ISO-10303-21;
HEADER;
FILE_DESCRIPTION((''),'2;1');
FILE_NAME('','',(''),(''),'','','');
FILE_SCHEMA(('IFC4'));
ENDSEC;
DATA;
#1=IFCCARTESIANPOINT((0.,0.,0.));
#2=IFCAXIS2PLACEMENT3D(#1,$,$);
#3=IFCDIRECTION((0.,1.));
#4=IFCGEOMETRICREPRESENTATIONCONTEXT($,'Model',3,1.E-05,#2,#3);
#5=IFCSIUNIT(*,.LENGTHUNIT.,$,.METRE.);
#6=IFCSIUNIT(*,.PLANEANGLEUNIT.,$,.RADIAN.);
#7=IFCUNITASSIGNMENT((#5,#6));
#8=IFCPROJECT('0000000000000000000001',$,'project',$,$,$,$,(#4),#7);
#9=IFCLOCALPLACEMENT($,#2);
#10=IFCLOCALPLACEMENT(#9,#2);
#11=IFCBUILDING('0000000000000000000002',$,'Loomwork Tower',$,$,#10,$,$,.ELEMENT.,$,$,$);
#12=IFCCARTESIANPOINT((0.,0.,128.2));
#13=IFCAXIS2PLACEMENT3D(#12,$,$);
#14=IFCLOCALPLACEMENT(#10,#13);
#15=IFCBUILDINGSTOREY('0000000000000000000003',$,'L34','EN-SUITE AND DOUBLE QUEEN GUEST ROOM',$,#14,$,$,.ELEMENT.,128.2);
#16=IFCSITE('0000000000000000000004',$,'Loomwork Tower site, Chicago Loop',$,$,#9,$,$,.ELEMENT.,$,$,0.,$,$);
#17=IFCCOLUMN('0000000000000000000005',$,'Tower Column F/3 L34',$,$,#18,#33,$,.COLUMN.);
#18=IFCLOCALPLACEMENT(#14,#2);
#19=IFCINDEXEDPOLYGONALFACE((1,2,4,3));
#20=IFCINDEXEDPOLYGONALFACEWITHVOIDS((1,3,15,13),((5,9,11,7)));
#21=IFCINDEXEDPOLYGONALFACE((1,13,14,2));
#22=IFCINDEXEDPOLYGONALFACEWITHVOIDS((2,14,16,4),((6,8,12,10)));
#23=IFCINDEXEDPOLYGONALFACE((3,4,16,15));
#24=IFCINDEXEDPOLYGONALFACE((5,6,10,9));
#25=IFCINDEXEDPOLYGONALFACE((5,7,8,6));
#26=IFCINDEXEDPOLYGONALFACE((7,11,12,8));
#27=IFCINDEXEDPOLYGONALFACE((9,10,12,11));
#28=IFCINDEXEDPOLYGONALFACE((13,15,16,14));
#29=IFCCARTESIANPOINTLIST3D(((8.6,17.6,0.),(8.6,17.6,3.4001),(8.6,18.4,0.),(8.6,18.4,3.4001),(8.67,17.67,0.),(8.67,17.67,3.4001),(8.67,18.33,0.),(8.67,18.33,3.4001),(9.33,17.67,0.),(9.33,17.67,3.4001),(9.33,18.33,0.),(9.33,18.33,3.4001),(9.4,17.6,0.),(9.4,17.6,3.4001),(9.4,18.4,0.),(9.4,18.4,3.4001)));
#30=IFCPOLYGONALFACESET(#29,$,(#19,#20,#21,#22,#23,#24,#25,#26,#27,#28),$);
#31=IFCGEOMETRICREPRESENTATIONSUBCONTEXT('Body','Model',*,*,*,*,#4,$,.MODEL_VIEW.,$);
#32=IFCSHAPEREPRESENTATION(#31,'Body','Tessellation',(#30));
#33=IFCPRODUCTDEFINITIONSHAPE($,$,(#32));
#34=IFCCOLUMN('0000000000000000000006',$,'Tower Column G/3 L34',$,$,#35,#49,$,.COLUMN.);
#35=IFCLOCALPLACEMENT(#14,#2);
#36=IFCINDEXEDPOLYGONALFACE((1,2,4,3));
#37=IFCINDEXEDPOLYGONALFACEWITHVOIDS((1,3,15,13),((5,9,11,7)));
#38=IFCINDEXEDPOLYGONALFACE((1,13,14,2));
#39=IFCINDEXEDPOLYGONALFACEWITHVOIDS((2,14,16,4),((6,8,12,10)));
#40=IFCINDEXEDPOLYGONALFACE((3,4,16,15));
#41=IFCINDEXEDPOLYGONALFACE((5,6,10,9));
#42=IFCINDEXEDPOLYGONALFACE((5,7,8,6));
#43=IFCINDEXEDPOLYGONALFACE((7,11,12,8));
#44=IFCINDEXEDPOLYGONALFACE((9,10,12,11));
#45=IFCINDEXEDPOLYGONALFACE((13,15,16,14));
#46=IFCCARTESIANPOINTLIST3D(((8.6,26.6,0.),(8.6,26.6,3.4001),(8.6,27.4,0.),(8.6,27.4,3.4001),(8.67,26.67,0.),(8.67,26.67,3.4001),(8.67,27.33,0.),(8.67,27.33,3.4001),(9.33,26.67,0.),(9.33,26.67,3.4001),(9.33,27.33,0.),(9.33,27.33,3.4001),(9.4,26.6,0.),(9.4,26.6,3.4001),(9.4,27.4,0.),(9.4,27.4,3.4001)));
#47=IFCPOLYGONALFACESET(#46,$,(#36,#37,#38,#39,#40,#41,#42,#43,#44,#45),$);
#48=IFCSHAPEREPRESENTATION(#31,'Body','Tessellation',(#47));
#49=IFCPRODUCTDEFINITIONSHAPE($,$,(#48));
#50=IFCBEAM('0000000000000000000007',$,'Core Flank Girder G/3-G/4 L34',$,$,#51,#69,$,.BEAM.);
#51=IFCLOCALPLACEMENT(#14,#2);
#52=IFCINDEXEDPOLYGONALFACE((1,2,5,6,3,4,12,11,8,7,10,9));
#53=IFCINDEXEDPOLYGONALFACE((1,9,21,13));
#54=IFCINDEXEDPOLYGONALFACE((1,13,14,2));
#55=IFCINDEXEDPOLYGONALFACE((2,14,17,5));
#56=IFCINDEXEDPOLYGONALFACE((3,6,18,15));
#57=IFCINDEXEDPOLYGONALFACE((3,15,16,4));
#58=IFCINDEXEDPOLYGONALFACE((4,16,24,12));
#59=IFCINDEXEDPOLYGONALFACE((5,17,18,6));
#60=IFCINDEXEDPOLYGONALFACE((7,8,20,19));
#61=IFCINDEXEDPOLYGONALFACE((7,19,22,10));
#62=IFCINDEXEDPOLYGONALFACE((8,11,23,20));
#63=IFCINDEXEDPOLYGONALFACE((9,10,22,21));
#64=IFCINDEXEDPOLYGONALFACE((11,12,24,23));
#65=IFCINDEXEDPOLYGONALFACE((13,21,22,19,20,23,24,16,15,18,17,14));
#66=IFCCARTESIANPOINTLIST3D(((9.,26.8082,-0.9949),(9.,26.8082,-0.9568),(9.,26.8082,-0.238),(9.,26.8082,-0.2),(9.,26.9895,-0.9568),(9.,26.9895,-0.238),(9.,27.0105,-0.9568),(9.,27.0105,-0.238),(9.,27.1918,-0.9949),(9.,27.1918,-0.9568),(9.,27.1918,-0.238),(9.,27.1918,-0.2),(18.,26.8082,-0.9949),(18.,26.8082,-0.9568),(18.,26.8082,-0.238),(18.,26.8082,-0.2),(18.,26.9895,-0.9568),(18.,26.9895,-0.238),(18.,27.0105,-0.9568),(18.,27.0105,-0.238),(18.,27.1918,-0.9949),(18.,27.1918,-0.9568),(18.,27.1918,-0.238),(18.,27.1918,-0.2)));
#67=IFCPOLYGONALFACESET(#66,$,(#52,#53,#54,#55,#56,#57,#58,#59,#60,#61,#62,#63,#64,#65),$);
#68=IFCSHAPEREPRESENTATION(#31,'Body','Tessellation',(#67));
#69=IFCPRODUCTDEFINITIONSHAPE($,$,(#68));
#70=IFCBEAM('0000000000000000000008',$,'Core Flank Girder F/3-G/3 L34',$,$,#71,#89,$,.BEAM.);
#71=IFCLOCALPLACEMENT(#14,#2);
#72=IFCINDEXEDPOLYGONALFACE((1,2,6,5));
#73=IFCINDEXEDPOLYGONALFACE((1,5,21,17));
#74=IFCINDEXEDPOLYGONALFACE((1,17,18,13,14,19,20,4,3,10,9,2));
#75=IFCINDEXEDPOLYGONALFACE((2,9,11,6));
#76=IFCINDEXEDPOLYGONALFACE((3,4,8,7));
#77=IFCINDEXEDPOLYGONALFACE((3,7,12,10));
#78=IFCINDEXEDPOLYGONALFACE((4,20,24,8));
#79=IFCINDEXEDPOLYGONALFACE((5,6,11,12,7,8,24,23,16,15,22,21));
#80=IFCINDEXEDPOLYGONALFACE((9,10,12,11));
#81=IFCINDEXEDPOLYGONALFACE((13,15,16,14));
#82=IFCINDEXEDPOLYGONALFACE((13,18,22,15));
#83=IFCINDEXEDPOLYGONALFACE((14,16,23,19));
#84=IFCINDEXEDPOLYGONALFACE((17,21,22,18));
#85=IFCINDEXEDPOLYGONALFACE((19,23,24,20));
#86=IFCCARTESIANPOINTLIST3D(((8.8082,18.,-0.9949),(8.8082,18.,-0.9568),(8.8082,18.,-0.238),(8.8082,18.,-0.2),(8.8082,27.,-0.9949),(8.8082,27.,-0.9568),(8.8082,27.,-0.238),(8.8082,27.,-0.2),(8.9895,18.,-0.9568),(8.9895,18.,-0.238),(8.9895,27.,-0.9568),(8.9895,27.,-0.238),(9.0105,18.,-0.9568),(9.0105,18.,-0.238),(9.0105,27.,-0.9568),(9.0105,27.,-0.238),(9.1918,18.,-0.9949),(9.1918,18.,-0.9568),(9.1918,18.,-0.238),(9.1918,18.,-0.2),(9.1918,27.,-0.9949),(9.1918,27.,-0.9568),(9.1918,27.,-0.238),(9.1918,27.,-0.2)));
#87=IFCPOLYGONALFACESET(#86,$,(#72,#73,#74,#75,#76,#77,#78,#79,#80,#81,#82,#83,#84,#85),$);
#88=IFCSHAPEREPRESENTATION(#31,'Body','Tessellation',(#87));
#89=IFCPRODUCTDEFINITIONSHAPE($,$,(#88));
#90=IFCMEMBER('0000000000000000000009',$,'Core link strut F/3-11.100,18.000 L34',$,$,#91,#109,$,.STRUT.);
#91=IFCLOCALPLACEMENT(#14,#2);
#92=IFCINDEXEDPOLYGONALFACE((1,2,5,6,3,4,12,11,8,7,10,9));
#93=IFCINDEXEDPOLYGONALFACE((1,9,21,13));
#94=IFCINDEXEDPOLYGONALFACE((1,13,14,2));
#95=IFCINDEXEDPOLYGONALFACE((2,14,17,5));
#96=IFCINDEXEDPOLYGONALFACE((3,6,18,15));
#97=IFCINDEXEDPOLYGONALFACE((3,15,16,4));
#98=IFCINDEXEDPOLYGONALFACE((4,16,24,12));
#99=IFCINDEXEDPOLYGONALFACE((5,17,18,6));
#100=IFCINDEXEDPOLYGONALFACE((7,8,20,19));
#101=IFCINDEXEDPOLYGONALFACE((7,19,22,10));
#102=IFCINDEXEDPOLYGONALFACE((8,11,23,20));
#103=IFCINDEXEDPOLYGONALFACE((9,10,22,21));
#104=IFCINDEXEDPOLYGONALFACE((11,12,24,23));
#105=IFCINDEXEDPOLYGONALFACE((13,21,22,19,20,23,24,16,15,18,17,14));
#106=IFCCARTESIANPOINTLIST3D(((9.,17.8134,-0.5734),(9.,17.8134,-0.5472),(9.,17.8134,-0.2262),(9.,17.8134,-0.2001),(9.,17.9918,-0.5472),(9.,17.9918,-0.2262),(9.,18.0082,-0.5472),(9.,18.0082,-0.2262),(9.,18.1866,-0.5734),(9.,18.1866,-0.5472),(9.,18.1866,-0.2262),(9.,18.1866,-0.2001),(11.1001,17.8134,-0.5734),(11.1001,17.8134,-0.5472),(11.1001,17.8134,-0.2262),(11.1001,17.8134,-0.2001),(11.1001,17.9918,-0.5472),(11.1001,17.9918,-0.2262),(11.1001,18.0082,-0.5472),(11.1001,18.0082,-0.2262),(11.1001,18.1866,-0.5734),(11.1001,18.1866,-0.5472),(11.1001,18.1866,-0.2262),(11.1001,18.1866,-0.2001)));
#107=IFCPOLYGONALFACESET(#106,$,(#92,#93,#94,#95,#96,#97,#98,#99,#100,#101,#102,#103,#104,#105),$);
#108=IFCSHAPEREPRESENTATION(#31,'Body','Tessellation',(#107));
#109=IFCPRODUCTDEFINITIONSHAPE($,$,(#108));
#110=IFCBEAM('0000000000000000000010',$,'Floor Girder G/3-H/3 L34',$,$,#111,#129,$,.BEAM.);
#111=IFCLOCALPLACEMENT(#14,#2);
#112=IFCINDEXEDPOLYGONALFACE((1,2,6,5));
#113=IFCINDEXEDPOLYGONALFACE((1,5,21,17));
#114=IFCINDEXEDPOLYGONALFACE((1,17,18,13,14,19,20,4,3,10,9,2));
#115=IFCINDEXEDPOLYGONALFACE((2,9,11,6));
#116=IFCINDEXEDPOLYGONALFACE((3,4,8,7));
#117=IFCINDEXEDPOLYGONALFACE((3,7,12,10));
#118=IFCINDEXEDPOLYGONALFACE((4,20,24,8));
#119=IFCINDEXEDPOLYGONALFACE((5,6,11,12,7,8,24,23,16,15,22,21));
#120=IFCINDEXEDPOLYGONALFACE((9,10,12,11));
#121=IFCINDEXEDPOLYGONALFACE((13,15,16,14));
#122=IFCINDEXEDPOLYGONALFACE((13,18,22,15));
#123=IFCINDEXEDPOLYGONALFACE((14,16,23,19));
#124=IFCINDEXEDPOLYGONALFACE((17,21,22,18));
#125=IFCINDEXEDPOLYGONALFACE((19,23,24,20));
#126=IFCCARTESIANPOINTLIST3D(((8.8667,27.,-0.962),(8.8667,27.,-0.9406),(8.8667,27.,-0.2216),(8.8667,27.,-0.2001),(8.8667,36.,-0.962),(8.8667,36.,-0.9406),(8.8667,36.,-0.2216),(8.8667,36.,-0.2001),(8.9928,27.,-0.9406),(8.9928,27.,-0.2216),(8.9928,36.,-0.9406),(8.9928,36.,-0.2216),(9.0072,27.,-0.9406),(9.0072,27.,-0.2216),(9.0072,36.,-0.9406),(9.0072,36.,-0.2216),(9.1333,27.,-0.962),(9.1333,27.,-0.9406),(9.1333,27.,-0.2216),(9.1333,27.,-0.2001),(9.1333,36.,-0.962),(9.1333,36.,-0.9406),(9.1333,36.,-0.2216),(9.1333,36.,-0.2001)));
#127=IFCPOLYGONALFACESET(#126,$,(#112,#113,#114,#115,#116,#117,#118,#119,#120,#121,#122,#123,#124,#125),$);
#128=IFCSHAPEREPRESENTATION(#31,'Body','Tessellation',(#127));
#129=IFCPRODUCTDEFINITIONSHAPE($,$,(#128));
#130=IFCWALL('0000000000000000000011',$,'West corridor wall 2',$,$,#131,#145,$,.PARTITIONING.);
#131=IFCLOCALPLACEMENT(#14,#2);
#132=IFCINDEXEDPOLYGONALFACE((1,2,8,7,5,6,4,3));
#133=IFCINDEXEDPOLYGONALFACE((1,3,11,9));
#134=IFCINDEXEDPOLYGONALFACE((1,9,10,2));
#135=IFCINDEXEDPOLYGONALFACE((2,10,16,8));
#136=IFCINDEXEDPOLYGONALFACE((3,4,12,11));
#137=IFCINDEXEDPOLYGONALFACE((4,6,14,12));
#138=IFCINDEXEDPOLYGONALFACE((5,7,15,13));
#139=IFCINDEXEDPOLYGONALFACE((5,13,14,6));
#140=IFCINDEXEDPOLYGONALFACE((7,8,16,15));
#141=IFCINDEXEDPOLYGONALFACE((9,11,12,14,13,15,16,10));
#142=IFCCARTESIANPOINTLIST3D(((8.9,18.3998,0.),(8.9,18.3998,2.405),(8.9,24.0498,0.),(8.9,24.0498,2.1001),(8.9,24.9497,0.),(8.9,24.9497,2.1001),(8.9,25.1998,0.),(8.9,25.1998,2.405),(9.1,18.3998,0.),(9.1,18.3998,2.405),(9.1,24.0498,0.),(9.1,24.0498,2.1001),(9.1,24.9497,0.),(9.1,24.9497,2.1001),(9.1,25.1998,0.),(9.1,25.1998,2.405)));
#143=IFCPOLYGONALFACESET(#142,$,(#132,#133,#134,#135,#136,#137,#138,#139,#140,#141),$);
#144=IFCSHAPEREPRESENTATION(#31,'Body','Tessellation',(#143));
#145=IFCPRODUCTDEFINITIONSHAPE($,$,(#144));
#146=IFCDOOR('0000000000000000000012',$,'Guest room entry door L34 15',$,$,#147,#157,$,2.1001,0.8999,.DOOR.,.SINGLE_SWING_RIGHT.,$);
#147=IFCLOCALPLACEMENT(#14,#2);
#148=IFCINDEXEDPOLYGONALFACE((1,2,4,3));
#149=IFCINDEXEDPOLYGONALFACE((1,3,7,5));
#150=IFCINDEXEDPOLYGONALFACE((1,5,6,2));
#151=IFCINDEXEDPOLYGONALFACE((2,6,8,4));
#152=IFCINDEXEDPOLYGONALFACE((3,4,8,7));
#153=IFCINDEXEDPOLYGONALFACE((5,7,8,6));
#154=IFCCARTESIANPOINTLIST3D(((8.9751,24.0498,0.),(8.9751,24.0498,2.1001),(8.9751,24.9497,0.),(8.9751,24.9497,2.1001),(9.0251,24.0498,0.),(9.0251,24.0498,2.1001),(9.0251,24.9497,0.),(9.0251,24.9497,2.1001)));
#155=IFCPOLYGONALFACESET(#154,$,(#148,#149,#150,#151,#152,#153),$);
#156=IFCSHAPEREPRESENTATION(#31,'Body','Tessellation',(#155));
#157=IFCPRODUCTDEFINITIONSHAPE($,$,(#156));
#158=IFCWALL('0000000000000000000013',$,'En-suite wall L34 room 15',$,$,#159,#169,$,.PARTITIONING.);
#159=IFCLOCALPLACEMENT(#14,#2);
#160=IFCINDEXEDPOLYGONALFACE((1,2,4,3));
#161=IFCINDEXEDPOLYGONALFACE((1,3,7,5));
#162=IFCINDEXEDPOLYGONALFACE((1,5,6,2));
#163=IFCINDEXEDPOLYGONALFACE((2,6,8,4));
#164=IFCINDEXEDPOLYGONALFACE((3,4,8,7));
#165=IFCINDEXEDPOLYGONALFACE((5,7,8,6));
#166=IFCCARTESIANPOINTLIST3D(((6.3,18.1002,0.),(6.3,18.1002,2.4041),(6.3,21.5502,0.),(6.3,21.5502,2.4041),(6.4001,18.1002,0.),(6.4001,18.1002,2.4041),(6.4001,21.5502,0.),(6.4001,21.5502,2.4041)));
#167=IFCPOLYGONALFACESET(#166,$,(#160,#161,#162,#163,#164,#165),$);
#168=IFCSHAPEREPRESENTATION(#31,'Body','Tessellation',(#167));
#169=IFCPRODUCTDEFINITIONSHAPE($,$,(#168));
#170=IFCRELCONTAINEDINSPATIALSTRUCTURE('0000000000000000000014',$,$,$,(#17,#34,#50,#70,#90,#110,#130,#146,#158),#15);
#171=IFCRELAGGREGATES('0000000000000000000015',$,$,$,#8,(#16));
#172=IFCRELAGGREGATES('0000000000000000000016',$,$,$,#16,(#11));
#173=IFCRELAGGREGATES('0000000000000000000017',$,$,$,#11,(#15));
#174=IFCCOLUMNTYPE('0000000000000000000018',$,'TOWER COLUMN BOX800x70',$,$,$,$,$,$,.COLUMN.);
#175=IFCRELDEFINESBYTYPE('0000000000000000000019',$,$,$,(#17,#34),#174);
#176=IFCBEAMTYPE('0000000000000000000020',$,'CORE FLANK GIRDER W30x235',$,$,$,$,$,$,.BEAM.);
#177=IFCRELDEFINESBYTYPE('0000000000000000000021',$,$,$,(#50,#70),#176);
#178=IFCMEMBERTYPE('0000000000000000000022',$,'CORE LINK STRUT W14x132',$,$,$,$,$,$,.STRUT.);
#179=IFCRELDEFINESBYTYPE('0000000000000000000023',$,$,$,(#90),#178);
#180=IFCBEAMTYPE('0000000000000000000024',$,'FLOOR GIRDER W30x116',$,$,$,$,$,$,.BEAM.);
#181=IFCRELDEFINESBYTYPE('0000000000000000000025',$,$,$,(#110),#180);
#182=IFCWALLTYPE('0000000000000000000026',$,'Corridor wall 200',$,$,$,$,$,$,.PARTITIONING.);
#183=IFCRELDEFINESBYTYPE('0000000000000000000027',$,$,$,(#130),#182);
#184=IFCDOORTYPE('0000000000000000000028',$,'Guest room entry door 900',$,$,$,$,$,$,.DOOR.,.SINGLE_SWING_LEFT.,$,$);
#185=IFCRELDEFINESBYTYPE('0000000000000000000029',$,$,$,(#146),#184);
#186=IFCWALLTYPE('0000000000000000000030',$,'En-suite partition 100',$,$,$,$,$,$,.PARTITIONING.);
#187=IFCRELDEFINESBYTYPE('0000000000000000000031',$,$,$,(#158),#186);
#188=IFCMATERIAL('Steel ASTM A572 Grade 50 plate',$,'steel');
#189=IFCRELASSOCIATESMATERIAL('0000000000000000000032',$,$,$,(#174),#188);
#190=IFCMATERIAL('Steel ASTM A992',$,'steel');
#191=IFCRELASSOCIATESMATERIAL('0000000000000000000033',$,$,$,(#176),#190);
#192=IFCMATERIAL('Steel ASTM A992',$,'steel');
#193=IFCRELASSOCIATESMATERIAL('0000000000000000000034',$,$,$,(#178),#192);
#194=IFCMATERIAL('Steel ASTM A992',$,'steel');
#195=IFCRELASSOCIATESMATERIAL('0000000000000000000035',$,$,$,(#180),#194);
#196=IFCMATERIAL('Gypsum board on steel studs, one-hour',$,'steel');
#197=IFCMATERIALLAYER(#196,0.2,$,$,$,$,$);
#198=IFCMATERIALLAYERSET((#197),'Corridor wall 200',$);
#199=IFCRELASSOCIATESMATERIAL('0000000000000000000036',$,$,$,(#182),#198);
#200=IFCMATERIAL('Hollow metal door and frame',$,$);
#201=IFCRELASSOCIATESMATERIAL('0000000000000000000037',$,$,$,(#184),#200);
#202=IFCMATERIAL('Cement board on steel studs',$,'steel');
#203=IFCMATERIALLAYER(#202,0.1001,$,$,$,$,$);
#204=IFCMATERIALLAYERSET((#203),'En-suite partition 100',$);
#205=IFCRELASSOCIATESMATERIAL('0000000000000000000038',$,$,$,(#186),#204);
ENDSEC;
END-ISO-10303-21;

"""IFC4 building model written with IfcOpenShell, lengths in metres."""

from ifc_helpers import new_model, si_unit, direction, frame, frame_2d, origin, origin_2d, place, context, subcontext, project, spatial, rectangle, hollow_rectangle, i_section, extrude, material, layer, layer_set, material_profile, profile_set, type_object, element, fill, save


model = new_model("IFC4")

# Units and contexts
model_context = context("Model", 3, precision=1e-05, world=origin(), true_north=direction((0.0, 1.0)))
body_context = subcontext(model_context, "Body", "Model", "MODEL_VIEW")
ifc_project = project(units=[si_unit("LENGTHUNIT", "METRE"), si_unit("PLANEANGLEUNIT", "RADIAN")], contexts=[model_context])

# Site, building, storey
site_placement = place(None, origin())
site = spatial("IfcSite", under=ifc_project, at=site_placement, Name="Loomwork Tower site, Chicago Loop", CompositionType="ELEMENT", RefElevation=0.0)
building_placement = place(site_placement, origin())
building = spatial("IfcBuilding", under=site, at=building_placement, Name="Loomwork Tower", CompositionType="ELEMENT")
storey_placement = place(building_placement, frame((0.0, 0.0, 128.2)))
storey = spatial("IfcBuildingStorey", under=building, at=storey_placement, Name="L34", Description="EN-SUITE AND DOUBLE QUEEN GUEST ROOM", CompositionType="ELEMENT", Elevation=128.2)

# Columns
ifc_material_1 = material(Name="Steel ASTM A572 Grade 50 plate", Category="steel")
ifc_material_profile_1 = material_profile(ifc_material_1, hollow_rectangle(XDim=0.8, YDim=0.8, WallThickness=0.0701, at=origin_2d()), Name="BOX800x70")
ifc_profile_set_1 = profile_set([ifc_material_profile_1], Name="Steel ASTM A572 Grade 50 plate")
column_type = type_object("IfcColumnType", Name="TOWER COLUMN BOX800x70", PredefinedType="COLUMN", material=ifc_profile_set_1)
for number, where, z_axis, x_axis, name in (
    (1, (9.0, 18.0, 0.0), (0.0, 0.0, 1.0), (1.0, 0.0, 0.0), "Tower Column F/3 L34"),
    (2, (9.0, 27.0, 0.0), (0.0, 0.0, 1.0), (1.0, 0.0, 0.0), "Tower Column G/3 L34"),
):
    element("IfcColumn", number, at=place(storey_placement, frame(where, z_axis=z_axis, x_axis=x_axis)), inside=storey, type_object=column_type, Name=name, PredefinedType="COLUMN", context=body_context, shape_type="SweptSolid", body=[
        extrude(hollow_rectangle(XDim=0.8, YDim=0.8, WallThickness=0.0701, at=origin_2d()), origin(), (0.0, 0.0, 1.0), 3.4001),
    ])

# Beams
ifc_material_2 = material(Name="Steel ASTM A992", Category="steel")
ifc_material_profile_2 = material_profile(ifc_material_2, i_section(OverallWidth=0.3835, OverallDepth=0.7949, WebThickness=0.021, FlangeThickness=0.0381, at=origin_2d()), Name="W30x235")
ifc_profile_set_2 = profile_set([ifc_material_profile_2], Name="Steel ASTM A992")
beam_type_1 = type_object("IfcBeamType", Name="CORE FLANK GIRDER W30x235", PredefinedType="BEAM", material=ifc_profile_set_2)
for number, where, z_axis, x_axis, name in (
    (3, (9.0, 27.0, -0.5974), (1.0, 0.0, 0.0), (0.0, 1.0, 0.0), "Core Flank Girder G/3-G/4 L34"),
    (4, (9.0, 18.0, -0.5974), (0.0, 1.0, 0.0), (-1.0, 0.0, 0.0), "Core Flank Girder F/3-G/3 L34"),
):
    element("IfcBeam", number, at=place(storey_placement, frame(where, z_axis=z_axis, x_axis=x_axis)), inside=storey, type_object=beam_type_1, Name=name, PredefinedType="BEAM", context=body_context, shape_type="SweptSolid", body=[
        extrude(i_section(OverallWidth=0.3835, OverallDepth=0.7949, WebThickness=0.021, FlangeThickness=0.0381, at=origin_2d()), origin(), (0.0, 0.0, 1.0), 9.0),
    ])

# Member
ifc_material_3 = material(Name="Steel ASTM A992", Category="steel")
ifc_material_profile_3 = material_profile(ifc_material_3, i_section(OverallWidth=0.3733, OverallDepth=0.3733, WebThickness=0.0164, FlangeThickness=0.0261, at=origin_2d()), Name="W14x132")
ifc_profile_set_3 = profile_set([ifc_material_profile_3], Name="Steel ASTM A992")
member_type = type_object("IfcMemberType", Name="CORE LINK STRUT W14x132", PredefinedType="STRUT", material=ifc_profile_set_3)
member_placement = place(storey_placement, frame((9.0, 18.0, -0.3867), z_axis=(1.0, 0.0, 0.0), x_axis=(0.0, 1.0, 0.0)))
element("IfcMember", 5, at=member_placement, inside=storey, type_object=member_type, Name="Core link strut F/3-11.100,18.000 L34", PredefinedType="STRUT", context=body_context, shape_type="SweptSolid", body=[
    extrude(i_section(OverallWidth=0.3733, OverallDepth=0.3733, WebThickness=0.0164, FlangeThickness=0.0261, at=origin_2d()), origin(), (0.0, 0.0, 1.0), 2.1001),
])

# Beam
ifc_material_4 = material(Name="Steel ASTM A992", Category="steel")
ifc_material_profile_4 = material_profile(ifc_material_4, i_section(OverallWidth=0.2666, OverallDepth=0.762, WebThickness=0.0144, FlangeThickness=0.0215, at=origin_2d()), Name="W30x116")
ifc_profile_set_4 = profile_set([ifc_material_profile_4], Name="Steel ASTM A992")
beam_type_2 = type_object("IfcBeamType", Name="FLOOR GIRDER W30x116", PredefinedType="BEAM", material=ifc_profile_set_4)
beam_placement = place(storey_placement, frame((9.0, 27.0, -0.5811), z_axis=(0.0, 1.0, 0.0), x_axis=(-1.0, 0.0, 0.0)))
element("IfcBeam", 6, at=beam_placement, inside=storey, type_object=beam_type_2, Name="Floor Girder G/3-H/3 L34", PredefinedType="BEAM", context=body_context, shape_type="SweptSolid", body=[
    extrude(i_section(OverallWidth=0.2666, OverallDepth=0.762, WebThickness=0.0144, FlangeThickness=0.0215, at=origin_2d()), origin(), (0.0, 0.0, 1.0), 9.0),
])

# Wall, opening, door
ifc_material_5 = material(Name="Gypsum board on steel studs, one-hour", Category="steel")
ifc_layer_1 = layer(ifc_material_5, 0.2)
ifc_layer_set_1 = layer_set([ifc_layer_1], Name="Corridor wall 200")
wall_type_1 = type_object("IfcWallType", Name="Corridor wall 200", PredefinedType="PARTITIONING", material=ifc_layer_set_1)
wall_1_placement = place(storey_placement, frame((9.0, 18.3999, 0.0), z_axis=(0.0, 0.0, 1.0), x_axis=(0.0, 1.0, 0.0)))
wall_1 = element("IfcWall", 7, at=wall_1_placement, inside=storey, type_object=wall_type_1, Name="West corridor wall 2", PredefinedType="PARTITIONING", context=body_context, shape_type="SweptSolid", body=[
    extrude(rectangle(XDim=6.8, YDim=0.2, at=frame_2d((3.3999, 0.0))), origin(), (0.0, 0.0, 1.0), 2.405),
])
opening_1_placement = place(wall_1_placement, frame((5.6499, 0.0, 0.0)))
opening_1 = element("IfcOpeningElement", 8, at=opening_1_placement, cuts=wall_1, PredefinedType="OPENING", context=body_context, shape_type="SweptSolid", body=[
    extrude(rectangle(XDim=0.8999, YDim=2.1001, at=frame_2d((0.45, 1.05))), frame((0.0, 0.1099, 0.0), z_axis=(0.0, -1.0, 0.0), x_axis=(1.0, 0.0, 0.0)), (0.0, 0.0, 1.0), 0.22),
])
ifc_material_6 = material(Name="Hollow metal door and frame")
door_type_1 = type_object("IfcDoorType", Name="Guest room entry door 900", OperationType="SINGLE_SWING_LEFT", PredefinedType="DOOR", material=ifc_material_6)
door_1_placement = place(opening_1_placement, origin())
door_1 = element("IfcDoor", 9, at=door_1_placement, inside=storey, type_object=door_type_1, Name="Guest room entry door L34 15", OperationType="SINGLE_SWING_RIGHT", OverallHeight=2.1001, OverallWidth=0.8999, PredefinedType="DOOR", context=body_context, shape_type="SweptSolid", body=[
    extrude(rectangle(XDim=0.8999, YDim=2.1001, at=frame_2d((0.45, 1.05))), frame((0.0, 0.0249, 0.0), z_axis=(0.0, -1.0, 0.0), x_axis=(1.0, 0.0, 0.0)), (0.0, 0.0, 1.0), 0.05),
])
fill(opening_1, door_1)

# Wall
ifc_material_7 = material(Name="Cement board on steel studs", Category="steel")
ifc_layer_2 = layer(ifc_material_7, 0.1001)
ifc_layer_set_2 = layer_set([ifc_layer_2], Name="En-suite partition 100")
wall_type_2 = type_object("IfcWallType", Name="En-suite partition 100", PredefinedType="PARTITIONING", material=ifc_layer_set_2)
wall_2_placement = place(storey_placement, frame((6.3501, 18.1001, 0.0), z_axis=(0.0, 0.0, 1.0), x_axis=(0.0, 1.0, 0.0)))
element("IfcWall", 10, at=wall_2_placement, inside=storey, type_object=wall_type_2, Name="En-suite wall L34 room 15", PredefinedType="PARTITIONING", context=body_context, shape_type="SweptSolid", body=[
    extrude(rectangle(XDim=3.45, YDim=0.1001, at=frame_2d((1.7251, 0.0))), origin(), (0.0, 0.0, 1.0), 2.4041),
])

save(model, "model.ifc")
